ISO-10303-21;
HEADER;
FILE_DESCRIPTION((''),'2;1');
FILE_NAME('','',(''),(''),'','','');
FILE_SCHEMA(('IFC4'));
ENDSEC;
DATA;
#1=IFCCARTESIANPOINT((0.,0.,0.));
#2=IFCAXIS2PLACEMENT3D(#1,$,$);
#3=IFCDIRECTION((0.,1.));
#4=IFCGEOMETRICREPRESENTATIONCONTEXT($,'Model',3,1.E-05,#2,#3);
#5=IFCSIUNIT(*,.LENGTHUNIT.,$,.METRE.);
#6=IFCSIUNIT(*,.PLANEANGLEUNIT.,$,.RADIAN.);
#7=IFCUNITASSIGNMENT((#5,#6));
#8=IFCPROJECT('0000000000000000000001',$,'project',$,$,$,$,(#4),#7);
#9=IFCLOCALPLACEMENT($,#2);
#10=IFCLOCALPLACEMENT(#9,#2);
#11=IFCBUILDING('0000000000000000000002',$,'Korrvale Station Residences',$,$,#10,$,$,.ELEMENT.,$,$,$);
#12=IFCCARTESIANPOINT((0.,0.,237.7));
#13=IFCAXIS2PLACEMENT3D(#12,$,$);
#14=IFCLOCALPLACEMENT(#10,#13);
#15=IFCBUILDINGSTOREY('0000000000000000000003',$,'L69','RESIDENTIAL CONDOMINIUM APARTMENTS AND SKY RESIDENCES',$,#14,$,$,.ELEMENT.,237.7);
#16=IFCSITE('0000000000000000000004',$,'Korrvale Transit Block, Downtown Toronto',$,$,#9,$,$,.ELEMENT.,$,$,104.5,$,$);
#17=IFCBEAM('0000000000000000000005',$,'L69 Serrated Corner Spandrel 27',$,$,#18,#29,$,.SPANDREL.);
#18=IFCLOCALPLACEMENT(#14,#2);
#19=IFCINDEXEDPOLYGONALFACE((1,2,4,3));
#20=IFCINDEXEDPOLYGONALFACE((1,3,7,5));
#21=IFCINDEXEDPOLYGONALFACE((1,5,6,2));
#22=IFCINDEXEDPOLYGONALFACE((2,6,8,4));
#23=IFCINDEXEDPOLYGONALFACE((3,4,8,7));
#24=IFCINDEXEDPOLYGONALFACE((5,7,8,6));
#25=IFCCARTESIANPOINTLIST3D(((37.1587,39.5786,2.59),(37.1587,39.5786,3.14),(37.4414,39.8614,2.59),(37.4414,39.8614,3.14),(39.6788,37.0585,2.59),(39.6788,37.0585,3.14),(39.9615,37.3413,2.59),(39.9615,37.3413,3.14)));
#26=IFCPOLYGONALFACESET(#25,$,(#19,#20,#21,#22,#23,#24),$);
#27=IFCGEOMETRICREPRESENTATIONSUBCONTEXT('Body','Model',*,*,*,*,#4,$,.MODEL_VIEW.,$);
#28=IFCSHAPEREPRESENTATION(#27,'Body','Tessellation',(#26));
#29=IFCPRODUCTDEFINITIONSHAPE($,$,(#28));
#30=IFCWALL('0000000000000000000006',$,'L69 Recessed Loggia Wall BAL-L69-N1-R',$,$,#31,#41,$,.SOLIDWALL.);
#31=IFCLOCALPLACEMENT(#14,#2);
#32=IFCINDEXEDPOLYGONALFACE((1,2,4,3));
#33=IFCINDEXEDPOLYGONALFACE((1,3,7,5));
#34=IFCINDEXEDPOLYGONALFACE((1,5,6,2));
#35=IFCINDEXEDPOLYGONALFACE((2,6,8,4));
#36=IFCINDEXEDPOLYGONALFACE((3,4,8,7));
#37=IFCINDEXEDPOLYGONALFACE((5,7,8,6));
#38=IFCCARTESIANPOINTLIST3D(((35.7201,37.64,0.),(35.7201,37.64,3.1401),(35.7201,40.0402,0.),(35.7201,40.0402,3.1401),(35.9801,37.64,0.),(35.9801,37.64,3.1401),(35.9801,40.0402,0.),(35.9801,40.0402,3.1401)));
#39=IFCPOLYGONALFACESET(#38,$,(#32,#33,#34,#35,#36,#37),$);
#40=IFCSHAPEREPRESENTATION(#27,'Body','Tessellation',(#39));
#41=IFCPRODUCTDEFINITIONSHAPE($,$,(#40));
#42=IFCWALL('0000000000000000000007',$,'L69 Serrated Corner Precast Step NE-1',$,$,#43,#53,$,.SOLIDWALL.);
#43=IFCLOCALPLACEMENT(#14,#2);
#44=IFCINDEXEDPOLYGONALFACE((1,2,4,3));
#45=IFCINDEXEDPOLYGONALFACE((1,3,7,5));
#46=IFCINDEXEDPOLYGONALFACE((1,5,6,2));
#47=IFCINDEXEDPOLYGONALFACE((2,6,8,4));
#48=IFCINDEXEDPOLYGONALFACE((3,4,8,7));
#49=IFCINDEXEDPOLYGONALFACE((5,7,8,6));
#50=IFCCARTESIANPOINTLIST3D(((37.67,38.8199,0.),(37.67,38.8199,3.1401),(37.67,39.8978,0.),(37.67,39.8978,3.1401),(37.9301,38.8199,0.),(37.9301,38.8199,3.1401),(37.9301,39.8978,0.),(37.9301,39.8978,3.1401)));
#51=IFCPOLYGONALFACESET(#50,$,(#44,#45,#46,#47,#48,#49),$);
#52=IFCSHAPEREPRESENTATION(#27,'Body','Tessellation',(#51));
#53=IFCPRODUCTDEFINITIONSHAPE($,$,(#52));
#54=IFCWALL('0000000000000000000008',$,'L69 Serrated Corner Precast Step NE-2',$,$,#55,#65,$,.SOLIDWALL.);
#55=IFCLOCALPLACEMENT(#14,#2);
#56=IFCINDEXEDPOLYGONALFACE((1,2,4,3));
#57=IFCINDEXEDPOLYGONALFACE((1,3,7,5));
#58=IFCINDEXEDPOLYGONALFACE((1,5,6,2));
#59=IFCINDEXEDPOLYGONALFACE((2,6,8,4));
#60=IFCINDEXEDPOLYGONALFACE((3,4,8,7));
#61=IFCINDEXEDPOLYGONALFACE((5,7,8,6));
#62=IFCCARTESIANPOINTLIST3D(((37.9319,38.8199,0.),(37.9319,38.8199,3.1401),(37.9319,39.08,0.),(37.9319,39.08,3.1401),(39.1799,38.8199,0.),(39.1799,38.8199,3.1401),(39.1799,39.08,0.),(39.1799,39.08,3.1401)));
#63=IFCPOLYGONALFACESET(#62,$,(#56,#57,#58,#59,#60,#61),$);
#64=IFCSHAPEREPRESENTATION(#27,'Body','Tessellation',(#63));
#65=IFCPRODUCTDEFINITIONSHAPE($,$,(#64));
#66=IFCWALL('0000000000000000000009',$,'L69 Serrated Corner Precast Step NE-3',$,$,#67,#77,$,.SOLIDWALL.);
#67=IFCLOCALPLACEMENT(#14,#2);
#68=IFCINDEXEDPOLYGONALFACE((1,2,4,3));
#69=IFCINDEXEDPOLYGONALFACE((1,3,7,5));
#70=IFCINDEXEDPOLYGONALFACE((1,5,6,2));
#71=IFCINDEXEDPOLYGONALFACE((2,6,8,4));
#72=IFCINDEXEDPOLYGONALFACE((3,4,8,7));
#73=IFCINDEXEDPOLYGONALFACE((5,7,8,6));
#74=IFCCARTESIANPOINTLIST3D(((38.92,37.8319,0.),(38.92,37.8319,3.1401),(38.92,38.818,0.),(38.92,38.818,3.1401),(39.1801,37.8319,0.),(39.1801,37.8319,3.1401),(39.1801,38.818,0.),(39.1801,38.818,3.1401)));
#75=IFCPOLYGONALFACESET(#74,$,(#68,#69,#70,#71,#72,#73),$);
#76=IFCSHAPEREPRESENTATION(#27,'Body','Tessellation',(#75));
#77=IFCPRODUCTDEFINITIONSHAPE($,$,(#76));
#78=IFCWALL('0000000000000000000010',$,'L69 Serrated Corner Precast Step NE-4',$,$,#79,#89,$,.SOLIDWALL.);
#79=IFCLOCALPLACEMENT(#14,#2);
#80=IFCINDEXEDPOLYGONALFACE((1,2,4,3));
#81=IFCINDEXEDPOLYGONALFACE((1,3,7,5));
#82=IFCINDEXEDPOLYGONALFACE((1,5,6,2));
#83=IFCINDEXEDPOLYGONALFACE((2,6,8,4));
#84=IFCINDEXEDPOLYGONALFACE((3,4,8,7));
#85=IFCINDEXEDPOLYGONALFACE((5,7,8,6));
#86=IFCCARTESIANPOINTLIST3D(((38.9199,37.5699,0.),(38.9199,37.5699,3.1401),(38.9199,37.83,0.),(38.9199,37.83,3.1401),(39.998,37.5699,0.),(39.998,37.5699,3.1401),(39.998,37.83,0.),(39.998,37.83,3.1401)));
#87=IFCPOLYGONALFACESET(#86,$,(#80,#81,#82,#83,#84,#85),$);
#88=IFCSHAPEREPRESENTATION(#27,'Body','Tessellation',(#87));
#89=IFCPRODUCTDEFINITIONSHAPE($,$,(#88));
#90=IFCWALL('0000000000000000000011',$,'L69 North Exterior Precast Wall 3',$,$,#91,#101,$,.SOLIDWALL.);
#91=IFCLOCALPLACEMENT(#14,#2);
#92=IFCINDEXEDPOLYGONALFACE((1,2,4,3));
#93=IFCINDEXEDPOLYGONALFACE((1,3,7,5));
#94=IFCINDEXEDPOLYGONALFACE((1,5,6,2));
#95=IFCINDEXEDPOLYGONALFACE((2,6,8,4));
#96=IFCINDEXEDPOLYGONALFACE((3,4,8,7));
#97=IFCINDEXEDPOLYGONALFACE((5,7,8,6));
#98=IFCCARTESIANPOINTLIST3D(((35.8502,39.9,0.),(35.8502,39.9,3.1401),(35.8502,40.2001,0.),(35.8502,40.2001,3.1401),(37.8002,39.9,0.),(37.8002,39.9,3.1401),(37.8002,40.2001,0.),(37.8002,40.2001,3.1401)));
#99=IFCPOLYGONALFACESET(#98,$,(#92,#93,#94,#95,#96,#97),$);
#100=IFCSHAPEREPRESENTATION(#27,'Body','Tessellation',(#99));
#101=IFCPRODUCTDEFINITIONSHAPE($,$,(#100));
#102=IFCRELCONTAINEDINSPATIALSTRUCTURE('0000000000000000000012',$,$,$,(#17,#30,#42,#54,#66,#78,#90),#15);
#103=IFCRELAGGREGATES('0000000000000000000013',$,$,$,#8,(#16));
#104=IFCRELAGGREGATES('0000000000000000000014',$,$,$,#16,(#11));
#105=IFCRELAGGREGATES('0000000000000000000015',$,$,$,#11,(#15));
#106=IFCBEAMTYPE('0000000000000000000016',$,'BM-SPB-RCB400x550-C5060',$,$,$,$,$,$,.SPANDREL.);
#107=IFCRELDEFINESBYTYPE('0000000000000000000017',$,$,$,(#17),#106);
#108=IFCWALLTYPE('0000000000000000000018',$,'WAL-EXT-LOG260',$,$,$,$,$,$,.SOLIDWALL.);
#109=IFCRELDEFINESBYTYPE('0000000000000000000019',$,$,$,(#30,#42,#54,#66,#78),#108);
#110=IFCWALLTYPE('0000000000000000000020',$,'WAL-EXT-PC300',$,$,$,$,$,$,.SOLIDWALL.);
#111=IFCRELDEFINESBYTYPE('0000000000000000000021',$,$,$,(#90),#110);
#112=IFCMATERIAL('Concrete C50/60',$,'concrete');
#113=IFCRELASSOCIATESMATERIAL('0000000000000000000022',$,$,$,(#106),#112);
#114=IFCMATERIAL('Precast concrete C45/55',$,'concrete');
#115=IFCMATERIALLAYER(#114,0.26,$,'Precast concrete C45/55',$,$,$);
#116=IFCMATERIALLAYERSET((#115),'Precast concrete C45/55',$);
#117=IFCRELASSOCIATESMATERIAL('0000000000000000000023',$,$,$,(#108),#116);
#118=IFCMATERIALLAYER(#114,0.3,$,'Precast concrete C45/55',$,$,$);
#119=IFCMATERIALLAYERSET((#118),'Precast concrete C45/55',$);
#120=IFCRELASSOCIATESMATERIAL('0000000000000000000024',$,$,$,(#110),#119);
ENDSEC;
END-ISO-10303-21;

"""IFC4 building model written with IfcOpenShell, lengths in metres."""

from ifc_helpers import new_model, si_unit, direction, frame, frame_2d, origin, origin_2d, place, context, subcontext, project, spatial, rectangle, extrude, material, layer, layer_set, material_profile, profile_set, type_object, element, save


model = new_model("IFC4")

# Units and contexts
model_context = context("Model", 3, precision=1e-05, world=origin(), true_north=direction((0.0, 1.0)))
body_context = subcontext(model_context, "Body", "Model", "MODEL_VIEW")
ifc_project = project(units=[si_unit("LENGTHUNIT", "METRE"), si_unit("PLANEANGLEUNIT", "RADIAN")], contexts=[model_context])

# Site, building, storey
site_placement = place(None, origin())
site = spatial("IfcSite", under=ifc_project, at=site_placement, Name="Korrvale Transit Block, Downtown Toronto", CompositionType="ELEMENT", RefElevation=104.5)
building_placement = place(site_placement, origin())
building = spatial("IfcBuilding", under=site, at=building_placement, Name="Korrvale Station Residences", CompositionType="ELEMENT")
storey_placement = place(building_placement, frame((0.0, 0.0, 237.7)))
storey = spatial("IfcBuildingStorey", under=building, at=storey_placement, Name="L69", Description="RESIDENTIAL CONDOMINIUM APARTMENTS AND SKY RESIDENCES", CompositionType="ELEMENT", Elevation=237.7)

# Shared definitions
ifc_material_1 = material(Name="Concrete C50/60", Category="concrete")

# Beam
ifc_material_profile_1 = material_profile(ifc_material_1, rectangle(XDim=0.3999, YDim=0.55, at=origin_2d()), Name="RCB400x550")
ifc_profile_set_1 = profile_set([ifc_material_profile_1], Name="Concrete C50/60")
beam_type_1 = type_object("IfcBeamType", Name="BM-SPB-RCB400x550-C5060", PredefinedType="SPANDREL", material=ifc_profile_set_1)
beam_1_placement = place(storey_placement, frame((37.3, 39.72, 2.865), z_axis=(0.707107, -0.707107, 0.0), x_axis=(0.707107, 0.707107, 0.0)))
element("IfcBeam", 1, at=beam_1_placement, inside=storey, type_object=beam_type_1, Name="L69 Serrated Corner Spandrel 27", PredefinedType="SPANDREL", context=body_context, shape_type="SweptSolid", body=[
    extrude(rectangle(XDim=0.3999, YDim=0.55, at=origin_2d()), origin(), (0.0, 0.0, 1.0), 3.564),
])

# Walls
ifc_material_2 = material(Name="Precast concrete C45/55", Category="concrete")
ifc_layer_1 = layer(ifc_material_2, 0.26, Name="Precast concrete C45/55")
ifc_layer_set_1 = layer_set([ifc_layer_1], Name="Precast concrete C45/55")
wall_type_1 = type_object("IfcWallType", Name="WAL-EXT-LOG260", PredefinedType="SOLIDWALL", material=ifc_layer_set_1)
wall_1_placement = place(storey_placement, frame((35.8501, 37.6399, 0.0), z_axis=(0.0, 0.0, 1.0), x_axis=(0.0, 1.0, 0.0)))
element("IfcWall", 2, at=wall_1_placement, inside=storey, type_object=wall_type_1, Name="L69 Recessed Loggia Wall BAL-L69-N1-R", PredefinedType="SOLIDWALL", context=body_context, shape_type="SweptSolid", body=[
    extrude(rectangle(XDim=2.4001, YDim=0.26, at=frame_2d((1.2002, 0.0))), origin(), (0.0, 0.0, 1.0), 3.1401),
])
wall_2_placement = place(storey_placement, frame((37.8, 39.8979, 0.0), z_axis=(0.0, 0.0, 1.0), x_axis=(0.0, -1.0, 0.0)))
element("IfcWall", 3, at=wall_2_placement, inside=storey, type_object=wall_type_1, Name="L69 Serrated Corner Precast Step NE-1", PredefinedType="SOLIDWALL", context=body_context, shape_type="SweptSolid", body=[
    extrude(rectangle(XDim=1.0779, YDim=0.26, at=frame_2d((0.5391, 0.0))), origin(), (0.0, 0.0, 1.0), 3.1401),
])
wall_3_placement = place(storey_placement, frame((37.9319, 38.95, 0.0), z_axis=(0.0, 0.0, 1.0), x_axis=(1.0, 0.0, 0.0)))
element("IfcWall", 4, at=wall_3_placement, inside=storey, type_object=wall_type_1, Name="L69 Serrated Corner Precast Step NE-2", PredefinedType="SOLIDWALL", context=body_context, shape_type="SweptSolid", body=[
    extrude(rectangle(XDim=1.248, YDim=0.26, at=frame_2d((0.624, 0.0))), origin(), (0.0, 0.0, 1.0), 3.1401),
])
wall_4_placement = place(storey_placement, frame((39.05, 38.8181, 0.0), z_axis=(0.0, 0.0, 1.0), x_axis=(0.0, -1.0, 0.0)))
element("IfcWall", 5, at=wall_4_placement, inside=storey, type_object=wall_type_1, Name="L69 Serrated Corner Precast Step NE-3", PredefinedType="SOLIDWALL", context=body_context, shape_type="SweptSolid", body=[
    extrude(rectangle(XDim=0.9861, YDim=0.26, at=frame_2d((0.4932, 0.0))), origin(), (0.0, 0.0, 1.0), 3.1401),
])
wall_5_placement = place(storey_placement, frame((38.9199, 37.7, 0.0), z_axis=(0.0, 0.0, 1.0), x_axis=(1.0, 0.0, 0.0)))
element("IfcWall", 6, at=wall_5_placement, inside=storey, type_object=wall_type_1, Name="L69 Serrated Corner Precast Step NE-4", PredefinedType="SOLIDWALL", context=body_context, shape_type="SweptSolid", body=[
    extrude(rectangle(XDim=1.0781, YDim=0.26, at=frame_2d((0.5391, 0.0))), origin(), (0.0, 0.0, 1.0), 3.1401),
])
ifc_layer_2 = layer(ifc_material_2, 0.3, Name="Precast concrete C45/55")
ifc_layer_set_2 = layer_set([ifc_layer_2], Name="Precast concrete C45/55")
wall_type_2 = type_object("IfcWallType", Name="WAL-EXT-PC300", PredefinedType="SOLIDWALL", material=ifc_layer_set_2)
wall_6_placement = place(storey_placement, frame((35.8501, 40.05, 0.0), z_axis=(0.0, 0.0, 1.0), x_axis=(1.0, 0.0, 0.0)))
element("IfcWall", 7, at=wall_6_placement, inside=storey, type_object=wall_type_2, Name="L69 North Exterior Precast Wall 3", PredefinedType="SOLIDWALL", context=body_context, shape_type="SweptSolid", body=[
    extrude(rectangle(XDim=1.95, YDim=0.3, at=frame_2d((0.9751, 0.0))), origin(), (0.0, 0.0, 1.0), 3.1401),
])

save(model, "model.ifc")
